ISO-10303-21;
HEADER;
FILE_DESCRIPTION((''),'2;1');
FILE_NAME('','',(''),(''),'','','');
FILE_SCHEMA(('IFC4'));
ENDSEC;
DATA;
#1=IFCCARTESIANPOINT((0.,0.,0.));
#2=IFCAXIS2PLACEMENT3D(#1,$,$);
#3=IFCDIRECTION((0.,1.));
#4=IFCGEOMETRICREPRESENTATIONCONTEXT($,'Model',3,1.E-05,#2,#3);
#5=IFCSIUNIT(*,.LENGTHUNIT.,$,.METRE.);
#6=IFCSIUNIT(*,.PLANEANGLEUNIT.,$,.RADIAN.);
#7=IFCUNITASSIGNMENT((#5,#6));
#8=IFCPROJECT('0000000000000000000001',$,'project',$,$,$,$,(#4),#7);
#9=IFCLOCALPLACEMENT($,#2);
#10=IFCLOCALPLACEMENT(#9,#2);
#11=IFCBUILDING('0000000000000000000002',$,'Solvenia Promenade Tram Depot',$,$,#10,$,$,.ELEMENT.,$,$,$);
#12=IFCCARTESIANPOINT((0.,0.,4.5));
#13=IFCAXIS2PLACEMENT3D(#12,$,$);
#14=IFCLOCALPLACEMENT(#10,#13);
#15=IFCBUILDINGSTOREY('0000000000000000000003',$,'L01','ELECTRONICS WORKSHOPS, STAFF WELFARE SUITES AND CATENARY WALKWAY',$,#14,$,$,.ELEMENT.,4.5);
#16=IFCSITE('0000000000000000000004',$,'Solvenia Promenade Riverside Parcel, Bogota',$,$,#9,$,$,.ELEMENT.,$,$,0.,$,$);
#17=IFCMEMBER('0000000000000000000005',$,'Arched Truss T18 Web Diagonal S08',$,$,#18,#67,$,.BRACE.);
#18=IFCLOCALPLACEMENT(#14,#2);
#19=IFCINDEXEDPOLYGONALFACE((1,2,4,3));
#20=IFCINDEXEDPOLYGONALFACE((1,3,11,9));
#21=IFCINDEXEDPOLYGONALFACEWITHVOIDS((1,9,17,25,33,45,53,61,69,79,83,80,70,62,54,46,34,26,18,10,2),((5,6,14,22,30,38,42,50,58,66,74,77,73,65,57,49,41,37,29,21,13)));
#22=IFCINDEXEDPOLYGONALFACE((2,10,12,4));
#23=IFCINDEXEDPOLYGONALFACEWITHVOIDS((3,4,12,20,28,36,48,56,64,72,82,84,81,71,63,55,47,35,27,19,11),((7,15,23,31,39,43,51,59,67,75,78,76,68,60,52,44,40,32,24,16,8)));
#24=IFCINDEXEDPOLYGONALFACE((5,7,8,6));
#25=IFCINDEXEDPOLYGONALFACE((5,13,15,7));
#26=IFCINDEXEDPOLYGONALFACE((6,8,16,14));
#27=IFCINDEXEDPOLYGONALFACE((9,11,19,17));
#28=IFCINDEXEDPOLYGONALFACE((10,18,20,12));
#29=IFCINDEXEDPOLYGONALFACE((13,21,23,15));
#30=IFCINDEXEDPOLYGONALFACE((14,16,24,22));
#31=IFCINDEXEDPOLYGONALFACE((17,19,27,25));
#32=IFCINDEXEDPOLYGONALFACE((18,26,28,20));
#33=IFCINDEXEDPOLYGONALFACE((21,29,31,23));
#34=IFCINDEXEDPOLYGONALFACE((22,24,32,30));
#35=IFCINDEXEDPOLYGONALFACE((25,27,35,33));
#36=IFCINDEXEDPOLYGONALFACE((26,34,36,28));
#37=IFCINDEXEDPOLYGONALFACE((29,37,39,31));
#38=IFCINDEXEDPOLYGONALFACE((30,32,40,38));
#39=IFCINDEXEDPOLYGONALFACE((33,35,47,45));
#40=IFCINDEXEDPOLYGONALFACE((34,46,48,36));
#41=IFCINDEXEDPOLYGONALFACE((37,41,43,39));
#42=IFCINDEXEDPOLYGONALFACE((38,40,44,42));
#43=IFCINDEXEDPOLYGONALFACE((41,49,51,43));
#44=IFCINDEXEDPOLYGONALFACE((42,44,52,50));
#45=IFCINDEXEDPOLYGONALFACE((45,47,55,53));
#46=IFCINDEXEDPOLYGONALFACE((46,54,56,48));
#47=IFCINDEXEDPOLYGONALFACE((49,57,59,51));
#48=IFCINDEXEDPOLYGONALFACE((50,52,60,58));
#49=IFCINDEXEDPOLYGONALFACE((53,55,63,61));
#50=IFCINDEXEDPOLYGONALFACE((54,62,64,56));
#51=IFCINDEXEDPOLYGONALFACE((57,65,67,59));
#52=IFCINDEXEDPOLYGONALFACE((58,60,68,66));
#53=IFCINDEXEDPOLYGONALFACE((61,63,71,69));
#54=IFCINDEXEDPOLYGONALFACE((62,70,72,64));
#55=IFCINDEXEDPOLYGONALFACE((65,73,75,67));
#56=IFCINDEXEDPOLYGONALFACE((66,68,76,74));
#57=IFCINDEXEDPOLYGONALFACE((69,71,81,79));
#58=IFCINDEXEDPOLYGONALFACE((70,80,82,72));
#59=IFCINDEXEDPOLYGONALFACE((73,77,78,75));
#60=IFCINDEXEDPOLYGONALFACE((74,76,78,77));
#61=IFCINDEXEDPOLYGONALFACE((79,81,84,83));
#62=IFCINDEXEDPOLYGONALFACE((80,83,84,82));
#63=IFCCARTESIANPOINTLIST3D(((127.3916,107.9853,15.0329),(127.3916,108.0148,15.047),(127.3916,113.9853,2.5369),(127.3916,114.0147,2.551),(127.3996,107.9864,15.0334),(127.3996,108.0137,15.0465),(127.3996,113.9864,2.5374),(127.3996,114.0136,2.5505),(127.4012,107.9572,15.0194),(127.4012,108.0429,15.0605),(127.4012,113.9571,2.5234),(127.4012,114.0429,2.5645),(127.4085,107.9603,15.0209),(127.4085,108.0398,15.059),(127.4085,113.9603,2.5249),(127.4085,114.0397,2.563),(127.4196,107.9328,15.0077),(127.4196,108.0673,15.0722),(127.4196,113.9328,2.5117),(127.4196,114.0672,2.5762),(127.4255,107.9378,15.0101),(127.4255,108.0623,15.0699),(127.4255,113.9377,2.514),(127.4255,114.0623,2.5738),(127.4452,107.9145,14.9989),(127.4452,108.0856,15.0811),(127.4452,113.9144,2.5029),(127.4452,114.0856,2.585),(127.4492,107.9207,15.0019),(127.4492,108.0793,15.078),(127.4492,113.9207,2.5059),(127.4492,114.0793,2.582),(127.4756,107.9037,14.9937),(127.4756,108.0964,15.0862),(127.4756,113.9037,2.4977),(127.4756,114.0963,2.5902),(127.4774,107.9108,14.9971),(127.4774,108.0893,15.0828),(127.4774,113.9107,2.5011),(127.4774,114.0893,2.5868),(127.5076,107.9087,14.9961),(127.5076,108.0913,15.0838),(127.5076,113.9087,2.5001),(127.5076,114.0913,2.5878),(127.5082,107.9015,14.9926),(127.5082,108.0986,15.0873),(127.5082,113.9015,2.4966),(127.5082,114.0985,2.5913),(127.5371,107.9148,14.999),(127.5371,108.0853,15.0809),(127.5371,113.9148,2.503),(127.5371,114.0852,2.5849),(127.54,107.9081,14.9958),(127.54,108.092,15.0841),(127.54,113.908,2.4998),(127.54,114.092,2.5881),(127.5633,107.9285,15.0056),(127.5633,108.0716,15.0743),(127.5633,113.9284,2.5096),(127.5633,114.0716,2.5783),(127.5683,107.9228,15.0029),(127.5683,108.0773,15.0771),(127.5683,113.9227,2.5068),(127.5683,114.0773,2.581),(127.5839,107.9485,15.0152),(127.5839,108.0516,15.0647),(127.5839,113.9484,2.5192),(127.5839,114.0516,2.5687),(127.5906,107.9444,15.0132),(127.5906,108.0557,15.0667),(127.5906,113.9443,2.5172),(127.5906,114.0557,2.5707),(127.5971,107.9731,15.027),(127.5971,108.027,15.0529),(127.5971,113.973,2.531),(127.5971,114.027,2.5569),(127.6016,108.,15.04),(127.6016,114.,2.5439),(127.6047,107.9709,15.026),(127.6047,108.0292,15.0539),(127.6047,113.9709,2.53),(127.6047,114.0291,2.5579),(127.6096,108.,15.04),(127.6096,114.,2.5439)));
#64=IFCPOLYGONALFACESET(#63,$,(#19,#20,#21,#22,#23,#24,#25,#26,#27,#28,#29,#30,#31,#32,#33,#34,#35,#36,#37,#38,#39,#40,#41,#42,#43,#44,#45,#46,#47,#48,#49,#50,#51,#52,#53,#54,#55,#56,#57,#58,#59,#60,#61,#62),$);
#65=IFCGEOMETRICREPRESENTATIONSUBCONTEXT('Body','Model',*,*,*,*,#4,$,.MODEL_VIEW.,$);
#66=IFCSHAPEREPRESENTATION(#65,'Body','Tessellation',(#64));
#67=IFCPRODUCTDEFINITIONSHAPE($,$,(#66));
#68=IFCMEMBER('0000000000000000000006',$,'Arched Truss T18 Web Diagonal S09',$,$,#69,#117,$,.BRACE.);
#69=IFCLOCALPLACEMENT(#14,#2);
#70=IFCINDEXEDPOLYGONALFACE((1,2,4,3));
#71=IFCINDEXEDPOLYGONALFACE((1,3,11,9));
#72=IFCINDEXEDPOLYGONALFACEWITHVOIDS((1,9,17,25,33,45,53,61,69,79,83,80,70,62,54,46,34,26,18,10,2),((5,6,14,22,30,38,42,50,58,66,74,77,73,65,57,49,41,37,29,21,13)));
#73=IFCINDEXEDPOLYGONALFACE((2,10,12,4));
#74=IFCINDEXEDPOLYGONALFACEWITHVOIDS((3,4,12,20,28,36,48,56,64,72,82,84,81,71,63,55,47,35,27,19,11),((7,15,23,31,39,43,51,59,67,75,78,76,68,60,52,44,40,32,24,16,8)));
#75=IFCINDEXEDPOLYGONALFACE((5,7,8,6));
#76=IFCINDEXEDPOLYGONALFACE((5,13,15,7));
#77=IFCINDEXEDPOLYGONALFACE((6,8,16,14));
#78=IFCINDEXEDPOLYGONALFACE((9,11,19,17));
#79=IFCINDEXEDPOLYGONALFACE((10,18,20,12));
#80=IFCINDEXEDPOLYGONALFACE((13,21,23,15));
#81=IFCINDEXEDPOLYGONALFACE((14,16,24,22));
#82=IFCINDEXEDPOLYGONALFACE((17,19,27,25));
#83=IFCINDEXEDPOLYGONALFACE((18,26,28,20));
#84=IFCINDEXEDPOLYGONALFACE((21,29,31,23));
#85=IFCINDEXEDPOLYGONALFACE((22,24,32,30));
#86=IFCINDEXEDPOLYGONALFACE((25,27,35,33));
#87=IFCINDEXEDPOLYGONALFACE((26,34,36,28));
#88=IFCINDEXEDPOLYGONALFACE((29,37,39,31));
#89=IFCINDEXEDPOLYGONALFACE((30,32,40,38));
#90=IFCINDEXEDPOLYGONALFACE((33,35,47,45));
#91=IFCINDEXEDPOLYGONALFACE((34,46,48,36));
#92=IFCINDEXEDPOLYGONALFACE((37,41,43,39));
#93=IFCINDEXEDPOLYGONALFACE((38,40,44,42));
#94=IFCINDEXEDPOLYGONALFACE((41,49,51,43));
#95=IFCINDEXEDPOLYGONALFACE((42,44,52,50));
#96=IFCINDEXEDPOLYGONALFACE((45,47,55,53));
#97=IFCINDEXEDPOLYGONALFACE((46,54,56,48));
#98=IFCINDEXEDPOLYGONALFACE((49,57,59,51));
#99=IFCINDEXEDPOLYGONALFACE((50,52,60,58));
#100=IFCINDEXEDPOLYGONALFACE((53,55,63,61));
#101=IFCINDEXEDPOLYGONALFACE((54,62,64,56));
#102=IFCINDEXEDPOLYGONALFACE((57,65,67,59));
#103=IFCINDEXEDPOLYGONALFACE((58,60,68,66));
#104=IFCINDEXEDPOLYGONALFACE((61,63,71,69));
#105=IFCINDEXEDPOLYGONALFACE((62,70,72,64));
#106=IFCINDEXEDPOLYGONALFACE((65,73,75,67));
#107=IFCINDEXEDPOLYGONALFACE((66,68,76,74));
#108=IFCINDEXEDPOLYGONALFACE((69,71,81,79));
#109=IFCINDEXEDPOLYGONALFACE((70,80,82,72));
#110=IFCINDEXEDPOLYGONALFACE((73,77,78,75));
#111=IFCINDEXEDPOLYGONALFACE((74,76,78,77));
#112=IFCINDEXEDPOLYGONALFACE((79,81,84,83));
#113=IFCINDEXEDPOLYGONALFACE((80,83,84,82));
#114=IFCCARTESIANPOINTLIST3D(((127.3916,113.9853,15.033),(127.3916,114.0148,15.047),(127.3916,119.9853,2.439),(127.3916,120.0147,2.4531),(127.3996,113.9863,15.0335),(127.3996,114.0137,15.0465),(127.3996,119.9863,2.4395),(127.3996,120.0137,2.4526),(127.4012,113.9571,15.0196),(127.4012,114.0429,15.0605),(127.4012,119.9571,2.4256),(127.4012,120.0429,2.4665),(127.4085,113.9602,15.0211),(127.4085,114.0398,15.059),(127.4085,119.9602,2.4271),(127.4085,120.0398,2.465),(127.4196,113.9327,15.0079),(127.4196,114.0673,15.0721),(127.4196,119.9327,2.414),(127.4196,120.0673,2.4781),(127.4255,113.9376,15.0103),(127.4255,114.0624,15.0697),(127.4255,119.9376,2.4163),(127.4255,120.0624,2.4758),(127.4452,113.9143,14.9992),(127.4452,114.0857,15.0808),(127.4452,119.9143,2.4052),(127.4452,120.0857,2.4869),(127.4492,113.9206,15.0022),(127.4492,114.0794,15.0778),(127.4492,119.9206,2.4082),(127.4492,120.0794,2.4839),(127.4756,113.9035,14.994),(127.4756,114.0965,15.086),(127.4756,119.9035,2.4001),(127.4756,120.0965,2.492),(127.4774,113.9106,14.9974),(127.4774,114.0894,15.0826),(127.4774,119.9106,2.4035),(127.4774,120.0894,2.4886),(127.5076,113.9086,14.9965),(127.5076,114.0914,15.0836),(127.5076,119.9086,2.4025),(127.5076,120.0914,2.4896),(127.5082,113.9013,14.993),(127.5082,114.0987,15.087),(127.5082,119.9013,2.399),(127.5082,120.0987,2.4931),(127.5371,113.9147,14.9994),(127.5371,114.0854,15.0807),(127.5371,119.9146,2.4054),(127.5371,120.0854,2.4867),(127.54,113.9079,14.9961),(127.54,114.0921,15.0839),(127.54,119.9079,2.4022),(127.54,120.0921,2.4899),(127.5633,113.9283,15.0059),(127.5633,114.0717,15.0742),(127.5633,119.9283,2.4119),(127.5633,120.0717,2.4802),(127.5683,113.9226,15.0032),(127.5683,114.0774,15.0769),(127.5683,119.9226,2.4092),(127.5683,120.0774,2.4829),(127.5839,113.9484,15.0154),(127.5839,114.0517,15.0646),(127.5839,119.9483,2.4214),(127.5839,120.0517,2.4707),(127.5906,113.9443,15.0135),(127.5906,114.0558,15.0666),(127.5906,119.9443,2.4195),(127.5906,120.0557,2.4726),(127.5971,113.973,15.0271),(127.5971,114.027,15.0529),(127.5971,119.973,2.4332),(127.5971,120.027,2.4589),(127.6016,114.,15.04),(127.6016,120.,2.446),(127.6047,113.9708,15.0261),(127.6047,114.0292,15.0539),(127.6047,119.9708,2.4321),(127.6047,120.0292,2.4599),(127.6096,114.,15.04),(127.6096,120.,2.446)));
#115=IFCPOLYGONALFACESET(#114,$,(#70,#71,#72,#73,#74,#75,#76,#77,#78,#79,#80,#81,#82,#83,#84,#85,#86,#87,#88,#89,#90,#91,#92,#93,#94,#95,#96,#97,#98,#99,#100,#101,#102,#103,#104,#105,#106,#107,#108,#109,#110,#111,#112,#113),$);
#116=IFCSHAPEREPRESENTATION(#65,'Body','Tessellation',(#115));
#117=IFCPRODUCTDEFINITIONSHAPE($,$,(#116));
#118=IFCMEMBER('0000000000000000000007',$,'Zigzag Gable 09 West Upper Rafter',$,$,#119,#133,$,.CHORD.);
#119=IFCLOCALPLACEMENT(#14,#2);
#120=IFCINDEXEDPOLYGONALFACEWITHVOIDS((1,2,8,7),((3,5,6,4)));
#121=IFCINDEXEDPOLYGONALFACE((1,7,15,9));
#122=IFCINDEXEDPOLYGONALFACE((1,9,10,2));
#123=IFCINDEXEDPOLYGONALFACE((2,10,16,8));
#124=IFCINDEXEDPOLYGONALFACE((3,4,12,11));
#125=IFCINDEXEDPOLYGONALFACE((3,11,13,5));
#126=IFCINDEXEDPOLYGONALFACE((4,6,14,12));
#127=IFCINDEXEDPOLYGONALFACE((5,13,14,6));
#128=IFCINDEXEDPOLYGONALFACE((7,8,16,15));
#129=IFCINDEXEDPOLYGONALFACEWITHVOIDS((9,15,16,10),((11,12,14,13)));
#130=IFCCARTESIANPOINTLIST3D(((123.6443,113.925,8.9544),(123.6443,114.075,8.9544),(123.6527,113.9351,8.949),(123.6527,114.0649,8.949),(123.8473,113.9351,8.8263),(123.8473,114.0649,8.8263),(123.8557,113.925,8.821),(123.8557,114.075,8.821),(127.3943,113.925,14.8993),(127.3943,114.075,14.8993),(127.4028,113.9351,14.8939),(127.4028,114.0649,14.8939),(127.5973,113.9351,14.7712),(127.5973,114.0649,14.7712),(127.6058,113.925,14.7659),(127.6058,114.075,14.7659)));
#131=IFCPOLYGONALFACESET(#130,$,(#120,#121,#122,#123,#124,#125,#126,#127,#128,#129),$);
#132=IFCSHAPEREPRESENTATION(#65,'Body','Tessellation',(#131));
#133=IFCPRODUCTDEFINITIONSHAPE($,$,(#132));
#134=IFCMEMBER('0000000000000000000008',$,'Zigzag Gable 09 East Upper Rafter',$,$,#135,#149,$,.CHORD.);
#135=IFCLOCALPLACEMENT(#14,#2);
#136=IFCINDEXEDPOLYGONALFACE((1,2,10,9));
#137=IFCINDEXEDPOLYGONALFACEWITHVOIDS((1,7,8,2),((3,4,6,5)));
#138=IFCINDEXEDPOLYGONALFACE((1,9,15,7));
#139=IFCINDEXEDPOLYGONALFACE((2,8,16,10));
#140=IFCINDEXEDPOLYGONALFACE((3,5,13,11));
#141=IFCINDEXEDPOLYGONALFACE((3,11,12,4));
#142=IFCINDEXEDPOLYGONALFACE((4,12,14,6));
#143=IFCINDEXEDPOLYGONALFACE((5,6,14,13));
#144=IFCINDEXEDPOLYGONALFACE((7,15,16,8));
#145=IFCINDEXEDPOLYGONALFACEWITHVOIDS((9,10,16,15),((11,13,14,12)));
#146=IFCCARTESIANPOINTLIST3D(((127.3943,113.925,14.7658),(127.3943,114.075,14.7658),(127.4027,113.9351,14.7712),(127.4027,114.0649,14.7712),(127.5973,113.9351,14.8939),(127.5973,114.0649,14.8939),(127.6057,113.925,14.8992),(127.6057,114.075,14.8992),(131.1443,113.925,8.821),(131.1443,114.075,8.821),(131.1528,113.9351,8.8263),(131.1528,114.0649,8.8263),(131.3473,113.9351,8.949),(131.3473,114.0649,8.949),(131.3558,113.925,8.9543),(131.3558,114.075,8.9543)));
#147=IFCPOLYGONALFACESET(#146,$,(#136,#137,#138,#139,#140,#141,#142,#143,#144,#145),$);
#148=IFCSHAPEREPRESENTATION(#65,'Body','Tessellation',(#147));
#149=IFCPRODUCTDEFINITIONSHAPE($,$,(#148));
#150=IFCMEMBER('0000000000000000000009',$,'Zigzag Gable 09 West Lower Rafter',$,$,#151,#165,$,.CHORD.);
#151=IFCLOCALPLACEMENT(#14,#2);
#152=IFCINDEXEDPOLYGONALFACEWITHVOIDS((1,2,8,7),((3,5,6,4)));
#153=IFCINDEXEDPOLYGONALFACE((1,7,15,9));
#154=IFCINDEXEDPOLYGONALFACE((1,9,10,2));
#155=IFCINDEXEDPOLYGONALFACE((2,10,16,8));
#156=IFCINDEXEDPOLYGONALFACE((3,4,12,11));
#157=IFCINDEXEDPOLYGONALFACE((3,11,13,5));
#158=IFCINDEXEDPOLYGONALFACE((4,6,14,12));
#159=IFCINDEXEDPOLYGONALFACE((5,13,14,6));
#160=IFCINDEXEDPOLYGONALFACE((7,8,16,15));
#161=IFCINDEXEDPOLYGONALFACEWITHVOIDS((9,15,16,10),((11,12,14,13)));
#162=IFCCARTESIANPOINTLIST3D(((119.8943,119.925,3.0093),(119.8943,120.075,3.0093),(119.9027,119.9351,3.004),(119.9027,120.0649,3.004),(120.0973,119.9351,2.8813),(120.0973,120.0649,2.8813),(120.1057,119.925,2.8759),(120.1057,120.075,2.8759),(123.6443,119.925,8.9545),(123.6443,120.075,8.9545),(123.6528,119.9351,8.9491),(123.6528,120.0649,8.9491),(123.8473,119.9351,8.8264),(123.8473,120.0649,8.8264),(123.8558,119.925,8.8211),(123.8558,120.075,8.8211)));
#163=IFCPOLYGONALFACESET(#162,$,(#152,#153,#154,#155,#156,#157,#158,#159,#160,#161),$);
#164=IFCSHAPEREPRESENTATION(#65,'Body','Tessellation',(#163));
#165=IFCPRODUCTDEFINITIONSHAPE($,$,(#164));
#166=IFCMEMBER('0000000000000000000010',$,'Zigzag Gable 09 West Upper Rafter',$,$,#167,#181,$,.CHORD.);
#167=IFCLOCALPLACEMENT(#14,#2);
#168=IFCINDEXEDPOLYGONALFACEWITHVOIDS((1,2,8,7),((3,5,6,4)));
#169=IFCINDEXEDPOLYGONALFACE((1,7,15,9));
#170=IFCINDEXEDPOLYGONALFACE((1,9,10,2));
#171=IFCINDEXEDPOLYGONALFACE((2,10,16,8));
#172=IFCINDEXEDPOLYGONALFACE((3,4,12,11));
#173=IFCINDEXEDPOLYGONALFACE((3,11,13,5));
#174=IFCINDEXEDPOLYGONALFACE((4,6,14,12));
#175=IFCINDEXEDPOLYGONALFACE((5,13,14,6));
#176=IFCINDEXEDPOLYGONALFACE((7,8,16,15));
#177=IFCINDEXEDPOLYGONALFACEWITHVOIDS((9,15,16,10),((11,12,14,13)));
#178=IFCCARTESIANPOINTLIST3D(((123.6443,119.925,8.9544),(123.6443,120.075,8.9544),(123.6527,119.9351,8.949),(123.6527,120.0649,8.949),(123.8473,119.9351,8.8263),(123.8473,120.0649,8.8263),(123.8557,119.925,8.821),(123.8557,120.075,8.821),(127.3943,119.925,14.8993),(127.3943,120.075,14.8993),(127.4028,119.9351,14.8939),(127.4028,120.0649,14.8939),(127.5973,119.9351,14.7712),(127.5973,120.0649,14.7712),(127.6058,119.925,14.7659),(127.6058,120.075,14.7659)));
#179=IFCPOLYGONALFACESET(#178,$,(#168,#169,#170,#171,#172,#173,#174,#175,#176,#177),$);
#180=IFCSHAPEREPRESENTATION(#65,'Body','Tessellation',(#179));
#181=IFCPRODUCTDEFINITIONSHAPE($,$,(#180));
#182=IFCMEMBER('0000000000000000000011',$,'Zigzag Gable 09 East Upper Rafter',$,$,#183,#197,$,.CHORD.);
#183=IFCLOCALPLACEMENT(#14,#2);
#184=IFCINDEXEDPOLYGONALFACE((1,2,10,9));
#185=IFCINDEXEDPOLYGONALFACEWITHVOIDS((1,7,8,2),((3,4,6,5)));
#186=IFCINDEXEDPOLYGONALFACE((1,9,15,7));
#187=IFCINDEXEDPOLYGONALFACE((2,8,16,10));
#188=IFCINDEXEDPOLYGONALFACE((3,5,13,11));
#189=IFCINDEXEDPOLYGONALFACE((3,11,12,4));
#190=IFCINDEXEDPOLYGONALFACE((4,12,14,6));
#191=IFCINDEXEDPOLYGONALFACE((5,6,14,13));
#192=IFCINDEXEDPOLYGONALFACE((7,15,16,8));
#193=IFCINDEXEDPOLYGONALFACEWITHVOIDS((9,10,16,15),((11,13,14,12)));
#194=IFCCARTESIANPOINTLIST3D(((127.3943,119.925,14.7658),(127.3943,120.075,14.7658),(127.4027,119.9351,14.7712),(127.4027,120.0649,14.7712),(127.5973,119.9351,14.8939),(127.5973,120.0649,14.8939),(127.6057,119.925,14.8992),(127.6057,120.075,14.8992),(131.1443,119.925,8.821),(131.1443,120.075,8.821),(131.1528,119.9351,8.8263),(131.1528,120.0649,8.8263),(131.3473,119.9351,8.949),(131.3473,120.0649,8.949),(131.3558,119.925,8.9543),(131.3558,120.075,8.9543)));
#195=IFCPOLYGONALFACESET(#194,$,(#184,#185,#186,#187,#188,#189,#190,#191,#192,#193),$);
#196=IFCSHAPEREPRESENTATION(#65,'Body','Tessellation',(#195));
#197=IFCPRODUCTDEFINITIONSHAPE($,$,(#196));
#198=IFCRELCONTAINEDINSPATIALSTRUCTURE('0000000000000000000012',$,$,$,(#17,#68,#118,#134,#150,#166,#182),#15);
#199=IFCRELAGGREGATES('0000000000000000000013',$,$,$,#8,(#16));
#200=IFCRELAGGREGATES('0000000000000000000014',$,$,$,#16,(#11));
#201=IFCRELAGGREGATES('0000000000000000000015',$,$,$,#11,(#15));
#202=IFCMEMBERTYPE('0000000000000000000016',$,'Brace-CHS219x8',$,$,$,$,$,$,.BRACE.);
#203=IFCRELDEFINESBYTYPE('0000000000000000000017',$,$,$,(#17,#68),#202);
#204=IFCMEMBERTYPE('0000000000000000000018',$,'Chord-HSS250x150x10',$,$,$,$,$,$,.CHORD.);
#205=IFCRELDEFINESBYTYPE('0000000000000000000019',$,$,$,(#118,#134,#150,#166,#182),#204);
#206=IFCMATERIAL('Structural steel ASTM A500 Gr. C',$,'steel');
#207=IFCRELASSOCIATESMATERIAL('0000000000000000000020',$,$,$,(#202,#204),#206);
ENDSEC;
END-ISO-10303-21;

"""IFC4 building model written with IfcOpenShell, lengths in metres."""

from ifc_helpers import new_model, si_unit, direction, frame, origin, origin_2d, place, context, subcontext, project, spatial, hollow_rectangle, hollow_circle, extrude, material, material_profile, profile_set, type_object, element, save


model = new_model("IFC4")

# Units and contexts
model_context = context("Model", 3, precision=1e-05, world=origin(), true_north=direction((0.0, 1.0)))
body_context = subcontext(model_context, "Body", "Model", "MODEL_VIEW")
ifc_project = project(units=[si_unit("LENGTHUNIT", "METRE"), si_unit("PLANEANGLEUNIT", "RADIAN")], contexts=[model_context])

# Site, building, storey
site_placement = place(None, origin())
site = spatial("IfcSite", under=ifc_project, at=site_placement, Name="Solvenia Promenade Riverside Parcel, Bogota", CompositionType="ELEMENT", RefElevation=0.0)
building_placement = place(site_placement, origin())
building = spatial("IfcBuilding", under=site, at=building_placement, Name="Solvenia Promenade Tram Depot", CompositionType="ELEMENT")
storey_placement = place(building_placement, frame((0.0, 0.0, 4.5)))
storey = spatial("IfcBuildingStorey", under=building, at=storey_placement, Name="L01", Description="ELECTRONICS WORKSHOPS, STAFF WELFARE SUITES AND CATENARY WALKWAY", CompositionType="ELEMENT", Elevation=4.5)

# Members
ifc_material_1 = material(Name="Structural steel ASTM A500 Gr. C", Category="steel")
ifc_material_profile_1 = material_profile(ifc_material_1, hollow_circle(Radius=0.1096, WallThickness=0.0081, at=origin_2d()), Name="CHS219.1x8", Category="steel")
ifc_profile_set_1 = profile_set([ifc_material_profile_1], Name="Structural steel ASTM A500 Gr. C")
member_type_1 = type_object("IfcMemberType", Name="Brace-CHS219x8", PredefinedType="BRACE", material=ifc_profile_set_1)
member_1_placement = place(storey_placement, frame((127.5, 114.0, 2.5439), z_axis=(0.0, -0.432841, 0.90147), x_axis=(1.0, 0.0, 0.0)))
element("IfcMember", 1, at=member_1_placement, inside=storey, type_object=member_type_1, Name="Arched Truss T18 Web Diagonal S08", PredefinedType="BRACE", context=body_context, shape_type="SweptSolid", body=[
    extrude(hollow_circle(Radius=0.1096, WallThickness=0.0081, at=origin_2d()), origin(), (0.0, 0.0, 1.0), 13.8618),
])
member_2_placement = place(storey_placement, frame((127.5, 120.0, 2.446), z_axis=(0.0, -0.430101, 0.902781), x_axis=(1.0, 0.0, 0.0)))
element("IfcMember", 2, at=member_2_placement, inside=storey, type_object=member_type_1, Name="Arched Truss T18 Web Diagonal S09", PredefinedType="BRACE", context=body_context, shape_type="SweptSolid", body=[
    extrude(hollow_circle(Radius=0.1096, WallThickness=0.0081, at=origin_2d()), origin(), (0.0, 0.0, 1.0), 13.9502),
])
ifc_material_profile_2 = material_profile(ifc_material_1, hollow_rectangle(XDim=0.1499, YDim=0.25, WallThickness=0.01, at=origin_2d()), Name="HSS250x150x10", Category="steel")
ifc_profile_set_2 = profile_set([ifc_material_profile_2], Name="Structural steel ASTM A500 Gr. C")
member_type_2 = type_object("IfcMemberType", Name="Chord-HSS250x150x10", PredefinedType="CHORD", material=ifc_profile_set_2)
for number, where, z_axis, x_axis, name in (
    (3, (123.75, 114.0, 8.8877), (0.533522, 0.0, 0.845786), (0.0, 1.0, 0.0), "Zigzag Gable 09 West Upper Rafter"),
    (4, (127.5, 114.0, 14.8325), (0.533522, 0.0, -0.845786), (0.0, 1.0, 0.0), "Zigzag Gable 09 East Upper Rafter"),
):
    element("IfcMember", number, at=place(storey_placement, frame(where, z_axis=z_axis, x_axis=x_axis)), inside=storey, type_object=member_type_2, Name=name, PredefinedType="CHORD", context=body_context, shape_type="SweptSolid", body=[
        extrude(hollow_rectangle(XDim=0.1499, YDim=0.25, WallThickness=0.01, at=origin_2d()), origin(), (0.0, 0.0, 1.0), 7.0288),
    ])
member_3_placement = place(storey_placement, frame((120.0, 120.0, 2.9426), z_axis=(0.533507, 0.0, 0.845796), x_axis=(0.0, 1.0, 0.0)))
element("IfcMember", 5, at=member_3_placement, inside=storey, type_object=member_type_2, Name="Zigzag Gable 09 West Lower Rafter", PredefinedType="CHORD", context=body_context, shape_type="SweptSolid", body=[
    extrude(hollow_rectangle(XDim=0.1499, YDim=0.25, WallThickness=0.01, at=origin_2d()), origin(), (0.0, 0.0, 1.0), 7.0291),
])
for number, where, z_axis, x_axis, name in (
    (6, (123.75, 120.0, 8.8877), (0.533522, 0.0, 0.845786), (0.0, 1.0, 0.0), "Zigzag Gable 09 West Upper Rafter"),
    (7, (127.5, 120.0, 14.8325), (0.533522, 0.0, -0.845786), (0.0, 1.0, 0.0), "Zigzag Gable 09 East Upper Rafter"),
):
    element("IfcMember", number, at=place(storey_placement, frame(where, z_axis=z_axis, x_axis=x_axis)), inside=storey, type_object=member_type_2, Name=name, PredefinedType="CHORD", context=body_context, shape_type="SweptSolid", body=[
        extrude(hollow_rectangle(XDim=0.1499, YDim=0.25, WallThickness=0.01, at=origin_2d()), origin(), (0.0, 0.0, 1.0), 7.0288),
    ])

save(model, "model.ifc")
